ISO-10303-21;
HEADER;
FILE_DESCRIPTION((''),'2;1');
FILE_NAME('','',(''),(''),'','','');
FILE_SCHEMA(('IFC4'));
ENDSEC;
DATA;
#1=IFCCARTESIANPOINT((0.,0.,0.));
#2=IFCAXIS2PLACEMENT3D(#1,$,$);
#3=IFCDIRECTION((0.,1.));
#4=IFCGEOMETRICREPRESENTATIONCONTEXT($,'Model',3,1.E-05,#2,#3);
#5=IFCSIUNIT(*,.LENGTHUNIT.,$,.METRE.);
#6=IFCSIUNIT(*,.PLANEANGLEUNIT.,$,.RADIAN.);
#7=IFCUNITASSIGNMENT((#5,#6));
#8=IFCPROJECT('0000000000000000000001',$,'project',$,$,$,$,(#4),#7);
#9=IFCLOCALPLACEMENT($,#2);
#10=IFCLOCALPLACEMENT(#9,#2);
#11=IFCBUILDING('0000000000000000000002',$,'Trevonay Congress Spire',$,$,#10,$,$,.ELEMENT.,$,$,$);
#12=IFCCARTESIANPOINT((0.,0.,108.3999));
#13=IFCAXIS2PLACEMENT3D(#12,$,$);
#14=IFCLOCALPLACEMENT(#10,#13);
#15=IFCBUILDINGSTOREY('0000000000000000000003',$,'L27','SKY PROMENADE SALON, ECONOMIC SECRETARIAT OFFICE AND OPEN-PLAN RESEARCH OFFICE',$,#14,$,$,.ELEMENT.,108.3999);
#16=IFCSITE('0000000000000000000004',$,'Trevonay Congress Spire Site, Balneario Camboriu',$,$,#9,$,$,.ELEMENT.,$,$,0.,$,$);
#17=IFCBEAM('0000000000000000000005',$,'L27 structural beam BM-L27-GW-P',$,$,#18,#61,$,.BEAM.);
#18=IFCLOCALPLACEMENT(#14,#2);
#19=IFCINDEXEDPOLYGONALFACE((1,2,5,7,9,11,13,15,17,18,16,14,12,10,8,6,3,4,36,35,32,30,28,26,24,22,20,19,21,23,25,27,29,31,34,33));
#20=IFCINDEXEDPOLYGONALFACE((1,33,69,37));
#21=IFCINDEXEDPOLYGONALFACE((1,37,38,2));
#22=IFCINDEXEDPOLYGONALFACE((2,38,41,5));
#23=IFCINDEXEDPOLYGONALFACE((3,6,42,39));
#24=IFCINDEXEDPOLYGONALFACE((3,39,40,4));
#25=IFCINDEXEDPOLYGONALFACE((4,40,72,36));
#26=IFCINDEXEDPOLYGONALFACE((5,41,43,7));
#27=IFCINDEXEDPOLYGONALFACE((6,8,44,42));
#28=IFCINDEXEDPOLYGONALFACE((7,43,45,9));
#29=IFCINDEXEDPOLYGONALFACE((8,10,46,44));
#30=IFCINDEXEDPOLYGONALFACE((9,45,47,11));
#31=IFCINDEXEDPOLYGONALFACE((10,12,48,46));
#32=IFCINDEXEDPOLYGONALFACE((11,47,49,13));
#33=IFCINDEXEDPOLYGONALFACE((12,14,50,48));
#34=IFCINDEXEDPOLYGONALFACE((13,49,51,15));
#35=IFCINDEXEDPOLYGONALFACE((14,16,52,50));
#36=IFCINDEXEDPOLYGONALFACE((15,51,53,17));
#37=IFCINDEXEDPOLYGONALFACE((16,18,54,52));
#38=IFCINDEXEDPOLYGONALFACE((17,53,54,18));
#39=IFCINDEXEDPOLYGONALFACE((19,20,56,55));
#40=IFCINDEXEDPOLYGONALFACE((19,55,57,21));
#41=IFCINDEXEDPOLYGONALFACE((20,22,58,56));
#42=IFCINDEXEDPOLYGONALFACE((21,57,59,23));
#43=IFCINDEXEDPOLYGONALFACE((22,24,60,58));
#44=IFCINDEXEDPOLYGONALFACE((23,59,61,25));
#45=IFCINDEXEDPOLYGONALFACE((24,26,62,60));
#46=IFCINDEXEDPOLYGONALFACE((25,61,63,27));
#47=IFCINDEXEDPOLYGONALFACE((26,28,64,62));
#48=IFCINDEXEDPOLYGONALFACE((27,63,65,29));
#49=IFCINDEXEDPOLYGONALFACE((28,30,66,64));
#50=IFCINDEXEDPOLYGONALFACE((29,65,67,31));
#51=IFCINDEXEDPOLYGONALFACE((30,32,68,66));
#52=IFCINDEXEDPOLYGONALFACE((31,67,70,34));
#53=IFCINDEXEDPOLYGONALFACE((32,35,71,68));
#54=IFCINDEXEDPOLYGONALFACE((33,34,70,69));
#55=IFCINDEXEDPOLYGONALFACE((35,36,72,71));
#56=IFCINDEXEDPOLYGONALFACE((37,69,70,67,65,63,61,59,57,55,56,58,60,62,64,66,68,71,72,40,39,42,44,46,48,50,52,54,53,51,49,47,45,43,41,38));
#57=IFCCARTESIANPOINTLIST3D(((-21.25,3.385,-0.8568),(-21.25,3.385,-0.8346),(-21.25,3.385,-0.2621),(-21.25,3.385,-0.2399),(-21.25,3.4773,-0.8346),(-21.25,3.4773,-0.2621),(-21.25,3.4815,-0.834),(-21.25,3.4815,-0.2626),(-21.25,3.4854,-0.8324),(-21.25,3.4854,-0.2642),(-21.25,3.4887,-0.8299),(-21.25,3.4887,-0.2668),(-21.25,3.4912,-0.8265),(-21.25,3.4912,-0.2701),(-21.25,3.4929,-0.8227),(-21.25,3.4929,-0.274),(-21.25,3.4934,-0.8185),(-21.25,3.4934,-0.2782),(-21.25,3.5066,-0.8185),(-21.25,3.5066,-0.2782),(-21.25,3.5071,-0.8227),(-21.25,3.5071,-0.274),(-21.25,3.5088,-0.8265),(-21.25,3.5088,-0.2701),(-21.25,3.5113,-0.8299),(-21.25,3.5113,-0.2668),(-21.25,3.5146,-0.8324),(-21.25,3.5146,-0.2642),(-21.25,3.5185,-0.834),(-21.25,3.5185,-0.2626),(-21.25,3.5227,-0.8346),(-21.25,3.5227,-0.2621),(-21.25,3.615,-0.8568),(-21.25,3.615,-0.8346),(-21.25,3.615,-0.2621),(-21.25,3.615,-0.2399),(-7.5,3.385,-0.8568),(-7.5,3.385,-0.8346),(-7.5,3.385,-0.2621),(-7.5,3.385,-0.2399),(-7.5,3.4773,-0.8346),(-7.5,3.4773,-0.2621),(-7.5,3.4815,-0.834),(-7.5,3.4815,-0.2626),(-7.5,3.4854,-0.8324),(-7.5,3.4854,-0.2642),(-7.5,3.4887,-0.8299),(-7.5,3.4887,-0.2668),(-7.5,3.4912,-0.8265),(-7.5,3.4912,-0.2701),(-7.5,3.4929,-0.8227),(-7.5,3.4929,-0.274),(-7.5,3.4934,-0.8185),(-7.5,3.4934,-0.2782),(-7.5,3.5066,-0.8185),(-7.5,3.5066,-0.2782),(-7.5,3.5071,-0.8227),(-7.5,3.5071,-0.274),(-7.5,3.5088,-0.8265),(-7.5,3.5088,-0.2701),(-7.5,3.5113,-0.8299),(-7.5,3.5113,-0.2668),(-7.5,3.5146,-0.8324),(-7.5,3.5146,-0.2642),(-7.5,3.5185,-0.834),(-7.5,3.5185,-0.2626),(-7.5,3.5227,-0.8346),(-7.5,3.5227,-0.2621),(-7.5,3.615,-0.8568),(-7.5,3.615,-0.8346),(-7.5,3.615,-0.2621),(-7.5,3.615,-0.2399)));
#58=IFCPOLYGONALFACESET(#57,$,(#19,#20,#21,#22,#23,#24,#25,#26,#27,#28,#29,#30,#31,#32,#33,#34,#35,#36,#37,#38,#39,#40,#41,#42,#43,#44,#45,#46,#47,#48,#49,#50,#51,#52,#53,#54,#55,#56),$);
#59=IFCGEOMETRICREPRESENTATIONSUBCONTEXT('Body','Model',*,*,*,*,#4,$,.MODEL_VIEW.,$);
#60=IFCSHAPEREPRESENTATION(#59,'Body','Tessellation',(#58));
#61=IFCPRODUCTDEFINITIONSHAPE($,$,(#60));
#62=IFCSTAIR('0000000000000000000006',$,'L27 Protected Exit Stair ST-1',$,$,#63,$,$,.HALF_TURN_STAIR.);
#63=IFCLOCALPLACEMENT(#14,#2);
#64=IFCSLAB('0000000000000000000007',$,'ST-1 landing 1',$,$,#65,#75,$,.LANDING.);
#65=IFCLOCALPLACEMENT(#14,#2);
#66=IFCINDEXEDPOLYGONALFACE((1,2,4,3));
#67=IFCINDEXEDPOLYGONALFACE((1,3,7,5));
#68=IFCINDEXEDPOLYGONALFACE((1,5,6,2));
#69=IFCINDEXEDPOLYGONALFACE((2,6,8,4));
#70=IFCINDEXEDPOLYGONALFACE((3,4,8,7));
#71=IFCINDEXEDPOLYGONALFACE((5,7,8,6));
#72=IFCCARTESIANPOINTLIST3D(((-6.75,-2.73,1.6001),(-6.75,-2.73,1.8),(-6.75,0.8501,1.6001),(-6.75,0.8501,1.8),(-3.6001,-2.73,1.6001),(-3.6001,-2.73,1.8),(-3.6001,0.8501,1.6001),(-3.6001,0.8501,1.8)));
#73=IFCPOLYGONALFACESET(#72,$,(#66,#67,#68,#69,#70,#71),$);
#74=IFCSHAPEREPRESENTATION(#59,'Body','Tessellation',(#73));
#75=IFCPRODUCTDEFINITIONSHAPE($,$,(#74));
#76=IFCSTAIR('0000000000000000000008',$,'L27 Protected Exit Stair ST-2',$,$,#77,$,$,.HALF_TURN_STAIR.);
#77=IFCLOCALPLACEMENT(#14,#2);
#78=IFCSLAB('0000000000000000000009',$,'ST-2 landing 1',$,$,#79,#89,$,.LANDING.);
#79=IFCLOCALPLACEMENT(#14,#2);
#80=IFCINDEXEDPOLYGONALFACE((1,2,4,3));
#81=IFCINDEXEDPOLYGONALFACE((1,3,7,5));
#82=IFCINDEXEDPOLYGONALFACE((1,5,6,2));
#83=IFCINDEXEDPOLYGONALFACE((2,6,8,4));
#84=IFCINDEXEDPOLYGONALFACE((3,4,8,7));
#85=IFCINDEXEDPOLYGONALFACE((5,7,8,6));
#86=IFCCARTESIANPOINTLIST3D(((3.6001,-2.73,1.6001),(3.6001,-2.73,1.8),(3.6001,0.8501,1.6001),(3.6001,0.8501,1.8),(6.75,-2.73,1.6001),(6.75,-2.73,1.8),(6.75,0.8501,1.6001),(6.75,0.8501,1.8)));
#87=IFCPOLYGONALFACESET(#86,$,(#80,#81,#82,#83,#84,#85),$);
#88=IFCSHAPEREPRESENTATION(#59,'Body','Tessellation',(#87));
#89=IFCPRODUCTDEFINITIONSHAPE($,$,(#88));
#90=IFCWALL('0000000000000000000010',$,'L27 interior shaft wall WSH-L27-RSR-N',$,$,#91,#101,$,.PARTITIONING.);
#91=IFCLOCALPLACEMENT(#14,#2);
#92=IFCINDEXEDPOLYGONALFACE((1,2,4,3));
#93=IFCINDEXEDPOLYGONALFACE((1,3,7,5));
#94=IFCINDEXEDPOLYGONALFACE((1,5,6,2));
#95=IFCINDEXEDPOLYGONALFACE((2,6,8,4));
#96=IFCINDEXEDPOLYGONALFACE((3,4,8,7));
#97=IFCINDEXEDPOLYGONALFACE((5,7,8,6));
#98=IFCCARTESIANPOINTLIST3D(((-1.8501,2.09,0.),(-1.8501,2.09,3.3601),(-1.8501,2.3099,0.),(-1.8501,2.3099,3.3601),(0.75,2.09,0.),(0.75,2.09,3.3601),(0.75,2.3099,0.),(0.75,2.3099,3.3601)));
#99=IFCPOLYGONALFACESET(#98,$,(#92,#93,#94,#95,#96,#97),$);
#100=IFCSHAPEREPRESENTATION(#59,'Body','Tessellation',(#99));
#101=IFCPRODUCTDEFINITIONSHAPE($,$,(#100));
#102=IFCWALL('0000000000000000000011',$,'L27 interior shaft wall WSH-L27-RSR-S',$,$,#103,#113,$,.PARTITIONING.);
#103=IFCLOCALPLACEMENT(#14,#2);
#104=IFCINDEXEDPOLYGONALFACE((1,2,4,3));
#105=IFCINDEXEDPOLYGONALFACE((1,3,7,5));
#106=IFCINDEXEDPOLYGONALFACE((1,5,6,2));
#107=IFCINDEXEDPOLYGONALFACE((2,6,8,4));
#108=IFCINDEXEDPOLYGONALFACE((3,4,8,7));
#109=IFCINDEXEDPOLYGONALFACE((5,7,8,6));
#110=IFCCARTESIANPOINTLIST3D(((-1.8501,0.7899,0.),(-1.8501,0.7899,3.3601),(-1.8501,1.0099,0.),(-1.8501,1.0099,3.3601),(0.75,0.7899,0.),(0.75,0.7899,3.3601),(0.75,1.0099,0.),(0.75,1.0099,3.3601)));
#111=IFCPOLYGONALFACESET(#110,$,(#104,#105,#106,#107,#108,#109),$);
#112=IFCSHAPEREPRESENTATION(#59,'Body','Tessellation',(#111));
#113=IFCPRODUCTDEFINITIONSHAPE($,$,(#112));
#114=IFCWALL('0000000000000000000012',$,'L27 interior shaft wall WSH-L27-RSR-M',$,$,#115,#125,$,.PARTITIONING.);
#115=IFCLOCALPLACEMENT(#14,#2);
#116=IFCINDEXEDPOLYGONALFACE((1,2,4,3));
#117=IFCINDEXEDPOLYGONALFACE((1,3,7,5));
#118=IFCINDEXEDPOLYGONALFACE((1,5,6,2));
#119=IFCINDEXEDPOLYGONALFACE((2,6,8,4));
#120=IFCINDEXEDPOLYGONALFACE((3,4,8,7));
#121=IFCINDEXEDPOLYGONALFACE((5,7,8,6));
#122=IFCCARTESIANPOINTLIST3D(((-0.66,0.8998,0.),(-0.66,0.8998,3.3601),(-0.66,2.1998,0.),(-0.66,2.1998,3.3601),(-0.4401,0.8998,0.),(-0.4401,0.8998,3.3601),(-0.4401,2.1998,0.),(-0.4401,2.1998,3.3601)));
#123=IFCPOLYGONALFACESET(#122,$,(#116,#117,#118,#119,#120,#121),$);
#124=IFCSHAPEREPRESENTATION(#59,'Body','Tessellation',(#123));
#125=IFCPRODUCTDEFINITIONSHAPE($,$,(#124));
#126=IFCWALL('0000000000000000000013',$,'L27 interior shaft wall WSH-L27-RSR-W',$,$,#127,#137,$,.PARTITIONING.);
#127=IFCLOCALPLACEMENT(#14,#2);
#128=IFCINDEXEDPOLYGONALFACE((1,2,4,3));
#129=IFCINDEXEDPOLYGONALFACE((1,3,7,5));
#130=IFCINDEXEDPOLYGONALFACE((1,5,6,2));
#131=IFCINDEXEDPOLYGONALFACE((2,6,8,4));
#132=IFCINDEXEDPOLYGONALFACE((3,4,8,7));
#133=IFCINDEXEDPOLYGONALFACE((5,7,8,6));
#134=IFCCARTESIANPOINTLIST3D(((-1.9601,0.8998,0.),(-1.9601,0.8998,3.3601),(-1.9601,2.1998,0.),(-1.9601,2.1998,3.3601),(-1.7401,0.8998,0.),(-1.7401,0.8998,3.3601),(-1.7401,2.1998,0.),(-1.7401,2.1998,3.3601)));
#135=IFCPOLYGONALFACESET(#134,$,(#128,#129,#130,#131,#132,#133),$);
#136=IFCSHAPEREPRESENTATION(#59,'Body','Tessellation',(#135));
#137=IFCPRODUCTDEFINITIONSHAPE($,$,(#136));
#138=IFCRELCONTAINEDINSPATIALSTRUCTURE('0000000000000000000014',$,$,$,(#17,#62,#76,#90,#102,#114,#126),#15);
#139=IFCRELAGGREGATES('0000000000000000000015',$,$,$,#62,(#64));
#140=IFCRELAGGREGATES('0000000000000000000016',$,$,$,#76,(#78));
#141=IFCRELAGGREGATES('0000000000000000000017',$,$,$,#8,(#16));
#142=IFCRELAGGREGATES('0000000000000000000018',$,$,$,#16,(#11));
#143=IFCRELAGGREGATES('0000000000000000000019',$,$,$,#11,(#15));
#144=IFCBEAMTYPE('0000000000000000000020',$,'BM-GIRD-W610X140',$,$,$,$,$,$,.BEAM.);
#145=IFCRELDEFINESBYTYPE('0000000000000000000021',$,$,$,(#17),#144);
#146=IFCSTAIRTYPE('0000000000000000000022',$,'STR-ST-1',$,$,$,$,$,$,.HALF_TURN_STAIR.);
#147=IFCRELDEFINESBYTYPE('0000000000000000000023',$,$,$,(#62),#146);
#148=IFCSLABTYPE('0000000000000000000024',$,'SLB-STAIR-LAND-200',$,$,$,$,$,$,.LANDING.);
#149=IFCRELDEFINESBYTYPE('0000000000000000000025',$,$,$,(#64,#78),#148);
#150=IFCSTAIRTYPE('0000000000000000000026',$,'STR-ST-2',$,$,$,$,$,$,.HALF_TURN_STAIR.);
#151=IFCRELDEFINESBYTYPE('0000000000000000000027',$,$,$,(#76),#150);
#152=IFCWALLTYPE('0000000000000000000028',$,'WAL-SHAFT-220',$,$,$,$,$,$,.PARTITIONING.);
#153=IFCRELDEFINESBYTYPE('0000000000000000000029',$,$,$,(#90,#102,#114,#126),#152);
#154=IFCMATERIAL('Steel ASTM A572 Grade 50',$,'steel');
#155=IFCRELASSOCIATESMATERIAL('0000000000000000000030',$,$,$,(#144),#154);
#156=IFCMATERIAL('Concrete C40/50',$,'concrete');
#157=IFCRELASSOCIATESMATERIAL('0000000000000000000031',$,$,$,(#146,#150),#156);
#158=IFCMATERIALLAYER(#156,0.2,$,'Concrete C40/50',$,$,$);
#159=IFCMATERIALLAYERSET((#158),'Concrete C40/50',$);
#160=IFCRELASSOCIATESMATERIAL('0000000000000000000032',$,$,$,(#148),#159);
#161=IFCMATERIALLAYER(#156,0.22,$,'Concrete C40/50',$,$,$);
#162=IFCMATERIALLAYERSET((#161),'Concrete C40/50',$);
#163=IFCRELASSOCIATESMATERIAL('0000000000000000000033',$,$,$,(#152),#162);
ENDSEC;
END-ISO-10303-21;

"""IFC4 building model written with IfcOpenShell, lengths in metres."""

from ifc_helpers import new_model, si_unit, direction, frame, frame_2d, origin, origin_2d, place, context, subcontext, project, spatial, polyline, rectangle, i_section, outline, extrude, material, layer, layer_set, material_profile, profile_set, type_object, element, aggregate, save


model = new_model("IFC4")

# Units and contexts
model_context = context("Model", 3, precision=1e-05, world=origin(), true_north=direction((0.0, 1.0)))
body_context = subcontext(model_context, "Body", "Model", "MODEL_VIEW")
ifc_project = project(units=[si_unit("LENGTHUNIT", "METRE"), si_unit("PLANEANGLEUNIT", "RADIAN")], contexts=[model_context])

# Site, building, storey
site_placement = place(None, origin())
site = spatial("IfcSite", under=ifc_project, at=site_placement, Name="Trevonay Congress Spire Site, Balneario Camboriu", CompositionType="ELEMENT", RefElevation=0.0)
building_placement = place(site_placement, origin())
building = spatial("IfcBuilding", under=site, at=building_placement, Name="Trevonay Congress Spire", CompositionType="ELEMENT")
storey_placement = place(building_placement, frame((0.0, 0.0, 108.3999)))
storey = spatial("IfcBuildingStorey", under=building, at=storey_placement, Name="L27", Description="SKY PROMENADE SALON, ECONOMIC SECRETARIAT OFFICE AND OPEN-PLAN RESEARCH OFFICE", CompositionType="ELEMENT", Elevation=108.3999)

# Beam
ifc_material_1 = material(Name="Steel ASTM A572 Grade 50", Category="steel")
ifc_material_profile = material_profile(ifc_material_1, i_section(OverallWidth=0.23, OverallDepth=0.6169, WebThickness=0.0132, FlangeThickness=0.0222, FilletRadius=0.0161, at=origin_2d()), Name="W610x140")
ifc_profile_set = profile_set([ifc_material_profile], Name="Steel ASTM A572 Grade 50")
beam_type = type_object("IfcBeamType", Name="BM-GIRD-W610X140", PredefinedType="BEAM", material=ifc_profile_set)
beam_placement = place(storey_placement, frame((-7.5, 3.5, -0.5483), z_axis=(-1.0, 0.0, 0.0), x_axis=(0.0, -1.0, 0.0)))
element("IfcBeam", 1, at=beam_placement, inside=storey, type_object=beam_type, Name="L27 structural beam BM-L27-GW-P", PredefinedType="BEAM", context=body_context, shape_type="SweptSolid", body=[
    extrude(i_section(OverallWidth=0.23, OverallDepth=0.6169, WebThickness=0.0132, FlangeThickness=0.0222, FilletRadius=0.0161, at=origin_2d()), origin(), (0.0, 0.0, 1.0), 13.75),
])

# Stairs, slabs
ifc_material_2 = material(Name="Concrete C40/50", Category="concrete")
stair_type_1 = type_object("IfcStairType", Name="STR-ST-1", PredefinedType="HALF_TURN_STAIR", material=ifc_material_2)
stair_1_placement = place(storey_placement, origin())
stair_1 = element("IfcStair", 2, at=stair_1_placement, inside=storey, type_object=stair_type_1, Name="L27 Protected Exit Stair ST-1", PredefinedType="HALF_TURN_STAIR")
ifc_layer_1 = layer(ifc_material_2, 0.2, Name="Concrete C40/50")
ifc_layer_set_1 = layer_set([ifc_layer_1], Name="Concrete C40/50")
slab_type = type_object("IfcSlabType", Name="SLB-STAIR-LAND-200", PredefinedType="LANDING", material=ifc_layer_set_1)
slab_1_placement = place(storey_placement, frame((0.0, 0.0, 1.6001)))
slab_1 = element("IfcSlab", 3, at=slab_1_placement, type_object=slab_type, Name="ST-1 landing 1", PredefinedType="LANDING", context=body_context, shape_type="SweptSolid", body=[
    extrude(outline(polyline([(-3.6001, -2.73), (-3.6001, 0.8501), (-6.75, 0.8501), (-6.75, -2.73), (-3.6001, -2.73)])), origin(), (0.0, 0.0, 1.0), 0.2),
])
aggregate(stair_1, [slab_1])
stair_type_2 = type_object("IfcStairType", Name="STR-ST-2", PredefinedType="HALF_TURN_STAIR", material=ifc_material_2)
stair_2_placement = place(storey_placement, origin())
stair_2 = element("IfcStair", 4, at=stair_2_placement, inside=storey, type_object=stair_type_2, Name="L27 Protected Exit Stair ST-2", PredefinedType="HALF_TURN_STAIR")
slab_2_placement = place(storey_placement, frame((0.0, 0.0, 1.6001)))
slab_2 = element("IfcSlab", 5, at=slab_2_placement, type_object=slab_type, Name="ST-2 landing 1", PredefinedType="LANDING", context=body_context, shape_type="SweptSolid", body=[
    extrude(outline(polyline([(6.75, -2.73), (6.75, 0.8501), (3.6001, 0.8501), (3.6001, -2.73), (6.75, -2.73)])), origin(), (0.0, 0.0, 1.0), 0.2),
])
aggregate(stair_2, [slab_2])

# Walls
ifc_layer_2 = layer(ifc_material_2, 0.22, Name="Concrete C40/50")
ifc_layer_set_2 = layer_set([ifc_layer_2], Name="Concrete C40/50")
wall_type_1 = type_object("IfcWallType", Name="WAL-SHAFT-220", PredefinedType="PARTITIONING", material=ifc_layer_set_2)
for number, where, z_axis, x_axis, name in (
    (6, (-1.8501, 2.2, 0.0), (0.0, 0.0, 1.0), (1.0, 0.0, 0.0), "L27 interior shaft wall WSH-L27-RSR-N"),
    (7, (-1.8501, 0.8999, 0.0), (0.0, 0.0, 1.0), (1.0, 0.0, 0.0), "L27 interior shaft wall WSH-L27-RSR-S"),
):
    element("IfcWall", number, at=place(storey_placement, frame(where, z_axis=z_axis, x_axis=x_axis)), inside=storey, type_object=wall_type_1, Name=name, PredefinedType="PARTITIONING", context=body_context, shape_type="SweptSolid", body=[
        extrude(rectangle(XDim=2.6001, YDim=0.22, at=frame_2d((1.3, 0.0))), origin(), (0.0, 0.0, 1.0), 3.3601),
    ])
for number, where, z_axis, x_axis, name in (
    (8, (-0.55, 0.8999, 0.0), (0.0, 0.0, 1.0), (0.0, 1.0, 0.0), "L27 interior shaft wall WSH-L27-RSR-M"),
    (9, (-1.8501, 0.8999, 0.0), (0.0, 0.0, 1.0), (0.0, 1.0, 0.0), "L27 interior shaft wall WSH-L27-RSR-W"),
):
    element("IfcWall", number, at=place(storey_placement, frame(where, z_axis=z_axis, x_axis=x_axis)), inside=storey, type_object=wall_type_1, Name=name, PredefinedType="PARTITIONING", context=body_context, shape_type="SweptSolid", body=[
        extrude(rectangle(XDim=1.3, YDim=0.22, at=frame_2d((0.6499, 0.0))), origin(), (0.0, 0.0, 1.0), 3.3601),
    ])

save(model, "model.ifc")
